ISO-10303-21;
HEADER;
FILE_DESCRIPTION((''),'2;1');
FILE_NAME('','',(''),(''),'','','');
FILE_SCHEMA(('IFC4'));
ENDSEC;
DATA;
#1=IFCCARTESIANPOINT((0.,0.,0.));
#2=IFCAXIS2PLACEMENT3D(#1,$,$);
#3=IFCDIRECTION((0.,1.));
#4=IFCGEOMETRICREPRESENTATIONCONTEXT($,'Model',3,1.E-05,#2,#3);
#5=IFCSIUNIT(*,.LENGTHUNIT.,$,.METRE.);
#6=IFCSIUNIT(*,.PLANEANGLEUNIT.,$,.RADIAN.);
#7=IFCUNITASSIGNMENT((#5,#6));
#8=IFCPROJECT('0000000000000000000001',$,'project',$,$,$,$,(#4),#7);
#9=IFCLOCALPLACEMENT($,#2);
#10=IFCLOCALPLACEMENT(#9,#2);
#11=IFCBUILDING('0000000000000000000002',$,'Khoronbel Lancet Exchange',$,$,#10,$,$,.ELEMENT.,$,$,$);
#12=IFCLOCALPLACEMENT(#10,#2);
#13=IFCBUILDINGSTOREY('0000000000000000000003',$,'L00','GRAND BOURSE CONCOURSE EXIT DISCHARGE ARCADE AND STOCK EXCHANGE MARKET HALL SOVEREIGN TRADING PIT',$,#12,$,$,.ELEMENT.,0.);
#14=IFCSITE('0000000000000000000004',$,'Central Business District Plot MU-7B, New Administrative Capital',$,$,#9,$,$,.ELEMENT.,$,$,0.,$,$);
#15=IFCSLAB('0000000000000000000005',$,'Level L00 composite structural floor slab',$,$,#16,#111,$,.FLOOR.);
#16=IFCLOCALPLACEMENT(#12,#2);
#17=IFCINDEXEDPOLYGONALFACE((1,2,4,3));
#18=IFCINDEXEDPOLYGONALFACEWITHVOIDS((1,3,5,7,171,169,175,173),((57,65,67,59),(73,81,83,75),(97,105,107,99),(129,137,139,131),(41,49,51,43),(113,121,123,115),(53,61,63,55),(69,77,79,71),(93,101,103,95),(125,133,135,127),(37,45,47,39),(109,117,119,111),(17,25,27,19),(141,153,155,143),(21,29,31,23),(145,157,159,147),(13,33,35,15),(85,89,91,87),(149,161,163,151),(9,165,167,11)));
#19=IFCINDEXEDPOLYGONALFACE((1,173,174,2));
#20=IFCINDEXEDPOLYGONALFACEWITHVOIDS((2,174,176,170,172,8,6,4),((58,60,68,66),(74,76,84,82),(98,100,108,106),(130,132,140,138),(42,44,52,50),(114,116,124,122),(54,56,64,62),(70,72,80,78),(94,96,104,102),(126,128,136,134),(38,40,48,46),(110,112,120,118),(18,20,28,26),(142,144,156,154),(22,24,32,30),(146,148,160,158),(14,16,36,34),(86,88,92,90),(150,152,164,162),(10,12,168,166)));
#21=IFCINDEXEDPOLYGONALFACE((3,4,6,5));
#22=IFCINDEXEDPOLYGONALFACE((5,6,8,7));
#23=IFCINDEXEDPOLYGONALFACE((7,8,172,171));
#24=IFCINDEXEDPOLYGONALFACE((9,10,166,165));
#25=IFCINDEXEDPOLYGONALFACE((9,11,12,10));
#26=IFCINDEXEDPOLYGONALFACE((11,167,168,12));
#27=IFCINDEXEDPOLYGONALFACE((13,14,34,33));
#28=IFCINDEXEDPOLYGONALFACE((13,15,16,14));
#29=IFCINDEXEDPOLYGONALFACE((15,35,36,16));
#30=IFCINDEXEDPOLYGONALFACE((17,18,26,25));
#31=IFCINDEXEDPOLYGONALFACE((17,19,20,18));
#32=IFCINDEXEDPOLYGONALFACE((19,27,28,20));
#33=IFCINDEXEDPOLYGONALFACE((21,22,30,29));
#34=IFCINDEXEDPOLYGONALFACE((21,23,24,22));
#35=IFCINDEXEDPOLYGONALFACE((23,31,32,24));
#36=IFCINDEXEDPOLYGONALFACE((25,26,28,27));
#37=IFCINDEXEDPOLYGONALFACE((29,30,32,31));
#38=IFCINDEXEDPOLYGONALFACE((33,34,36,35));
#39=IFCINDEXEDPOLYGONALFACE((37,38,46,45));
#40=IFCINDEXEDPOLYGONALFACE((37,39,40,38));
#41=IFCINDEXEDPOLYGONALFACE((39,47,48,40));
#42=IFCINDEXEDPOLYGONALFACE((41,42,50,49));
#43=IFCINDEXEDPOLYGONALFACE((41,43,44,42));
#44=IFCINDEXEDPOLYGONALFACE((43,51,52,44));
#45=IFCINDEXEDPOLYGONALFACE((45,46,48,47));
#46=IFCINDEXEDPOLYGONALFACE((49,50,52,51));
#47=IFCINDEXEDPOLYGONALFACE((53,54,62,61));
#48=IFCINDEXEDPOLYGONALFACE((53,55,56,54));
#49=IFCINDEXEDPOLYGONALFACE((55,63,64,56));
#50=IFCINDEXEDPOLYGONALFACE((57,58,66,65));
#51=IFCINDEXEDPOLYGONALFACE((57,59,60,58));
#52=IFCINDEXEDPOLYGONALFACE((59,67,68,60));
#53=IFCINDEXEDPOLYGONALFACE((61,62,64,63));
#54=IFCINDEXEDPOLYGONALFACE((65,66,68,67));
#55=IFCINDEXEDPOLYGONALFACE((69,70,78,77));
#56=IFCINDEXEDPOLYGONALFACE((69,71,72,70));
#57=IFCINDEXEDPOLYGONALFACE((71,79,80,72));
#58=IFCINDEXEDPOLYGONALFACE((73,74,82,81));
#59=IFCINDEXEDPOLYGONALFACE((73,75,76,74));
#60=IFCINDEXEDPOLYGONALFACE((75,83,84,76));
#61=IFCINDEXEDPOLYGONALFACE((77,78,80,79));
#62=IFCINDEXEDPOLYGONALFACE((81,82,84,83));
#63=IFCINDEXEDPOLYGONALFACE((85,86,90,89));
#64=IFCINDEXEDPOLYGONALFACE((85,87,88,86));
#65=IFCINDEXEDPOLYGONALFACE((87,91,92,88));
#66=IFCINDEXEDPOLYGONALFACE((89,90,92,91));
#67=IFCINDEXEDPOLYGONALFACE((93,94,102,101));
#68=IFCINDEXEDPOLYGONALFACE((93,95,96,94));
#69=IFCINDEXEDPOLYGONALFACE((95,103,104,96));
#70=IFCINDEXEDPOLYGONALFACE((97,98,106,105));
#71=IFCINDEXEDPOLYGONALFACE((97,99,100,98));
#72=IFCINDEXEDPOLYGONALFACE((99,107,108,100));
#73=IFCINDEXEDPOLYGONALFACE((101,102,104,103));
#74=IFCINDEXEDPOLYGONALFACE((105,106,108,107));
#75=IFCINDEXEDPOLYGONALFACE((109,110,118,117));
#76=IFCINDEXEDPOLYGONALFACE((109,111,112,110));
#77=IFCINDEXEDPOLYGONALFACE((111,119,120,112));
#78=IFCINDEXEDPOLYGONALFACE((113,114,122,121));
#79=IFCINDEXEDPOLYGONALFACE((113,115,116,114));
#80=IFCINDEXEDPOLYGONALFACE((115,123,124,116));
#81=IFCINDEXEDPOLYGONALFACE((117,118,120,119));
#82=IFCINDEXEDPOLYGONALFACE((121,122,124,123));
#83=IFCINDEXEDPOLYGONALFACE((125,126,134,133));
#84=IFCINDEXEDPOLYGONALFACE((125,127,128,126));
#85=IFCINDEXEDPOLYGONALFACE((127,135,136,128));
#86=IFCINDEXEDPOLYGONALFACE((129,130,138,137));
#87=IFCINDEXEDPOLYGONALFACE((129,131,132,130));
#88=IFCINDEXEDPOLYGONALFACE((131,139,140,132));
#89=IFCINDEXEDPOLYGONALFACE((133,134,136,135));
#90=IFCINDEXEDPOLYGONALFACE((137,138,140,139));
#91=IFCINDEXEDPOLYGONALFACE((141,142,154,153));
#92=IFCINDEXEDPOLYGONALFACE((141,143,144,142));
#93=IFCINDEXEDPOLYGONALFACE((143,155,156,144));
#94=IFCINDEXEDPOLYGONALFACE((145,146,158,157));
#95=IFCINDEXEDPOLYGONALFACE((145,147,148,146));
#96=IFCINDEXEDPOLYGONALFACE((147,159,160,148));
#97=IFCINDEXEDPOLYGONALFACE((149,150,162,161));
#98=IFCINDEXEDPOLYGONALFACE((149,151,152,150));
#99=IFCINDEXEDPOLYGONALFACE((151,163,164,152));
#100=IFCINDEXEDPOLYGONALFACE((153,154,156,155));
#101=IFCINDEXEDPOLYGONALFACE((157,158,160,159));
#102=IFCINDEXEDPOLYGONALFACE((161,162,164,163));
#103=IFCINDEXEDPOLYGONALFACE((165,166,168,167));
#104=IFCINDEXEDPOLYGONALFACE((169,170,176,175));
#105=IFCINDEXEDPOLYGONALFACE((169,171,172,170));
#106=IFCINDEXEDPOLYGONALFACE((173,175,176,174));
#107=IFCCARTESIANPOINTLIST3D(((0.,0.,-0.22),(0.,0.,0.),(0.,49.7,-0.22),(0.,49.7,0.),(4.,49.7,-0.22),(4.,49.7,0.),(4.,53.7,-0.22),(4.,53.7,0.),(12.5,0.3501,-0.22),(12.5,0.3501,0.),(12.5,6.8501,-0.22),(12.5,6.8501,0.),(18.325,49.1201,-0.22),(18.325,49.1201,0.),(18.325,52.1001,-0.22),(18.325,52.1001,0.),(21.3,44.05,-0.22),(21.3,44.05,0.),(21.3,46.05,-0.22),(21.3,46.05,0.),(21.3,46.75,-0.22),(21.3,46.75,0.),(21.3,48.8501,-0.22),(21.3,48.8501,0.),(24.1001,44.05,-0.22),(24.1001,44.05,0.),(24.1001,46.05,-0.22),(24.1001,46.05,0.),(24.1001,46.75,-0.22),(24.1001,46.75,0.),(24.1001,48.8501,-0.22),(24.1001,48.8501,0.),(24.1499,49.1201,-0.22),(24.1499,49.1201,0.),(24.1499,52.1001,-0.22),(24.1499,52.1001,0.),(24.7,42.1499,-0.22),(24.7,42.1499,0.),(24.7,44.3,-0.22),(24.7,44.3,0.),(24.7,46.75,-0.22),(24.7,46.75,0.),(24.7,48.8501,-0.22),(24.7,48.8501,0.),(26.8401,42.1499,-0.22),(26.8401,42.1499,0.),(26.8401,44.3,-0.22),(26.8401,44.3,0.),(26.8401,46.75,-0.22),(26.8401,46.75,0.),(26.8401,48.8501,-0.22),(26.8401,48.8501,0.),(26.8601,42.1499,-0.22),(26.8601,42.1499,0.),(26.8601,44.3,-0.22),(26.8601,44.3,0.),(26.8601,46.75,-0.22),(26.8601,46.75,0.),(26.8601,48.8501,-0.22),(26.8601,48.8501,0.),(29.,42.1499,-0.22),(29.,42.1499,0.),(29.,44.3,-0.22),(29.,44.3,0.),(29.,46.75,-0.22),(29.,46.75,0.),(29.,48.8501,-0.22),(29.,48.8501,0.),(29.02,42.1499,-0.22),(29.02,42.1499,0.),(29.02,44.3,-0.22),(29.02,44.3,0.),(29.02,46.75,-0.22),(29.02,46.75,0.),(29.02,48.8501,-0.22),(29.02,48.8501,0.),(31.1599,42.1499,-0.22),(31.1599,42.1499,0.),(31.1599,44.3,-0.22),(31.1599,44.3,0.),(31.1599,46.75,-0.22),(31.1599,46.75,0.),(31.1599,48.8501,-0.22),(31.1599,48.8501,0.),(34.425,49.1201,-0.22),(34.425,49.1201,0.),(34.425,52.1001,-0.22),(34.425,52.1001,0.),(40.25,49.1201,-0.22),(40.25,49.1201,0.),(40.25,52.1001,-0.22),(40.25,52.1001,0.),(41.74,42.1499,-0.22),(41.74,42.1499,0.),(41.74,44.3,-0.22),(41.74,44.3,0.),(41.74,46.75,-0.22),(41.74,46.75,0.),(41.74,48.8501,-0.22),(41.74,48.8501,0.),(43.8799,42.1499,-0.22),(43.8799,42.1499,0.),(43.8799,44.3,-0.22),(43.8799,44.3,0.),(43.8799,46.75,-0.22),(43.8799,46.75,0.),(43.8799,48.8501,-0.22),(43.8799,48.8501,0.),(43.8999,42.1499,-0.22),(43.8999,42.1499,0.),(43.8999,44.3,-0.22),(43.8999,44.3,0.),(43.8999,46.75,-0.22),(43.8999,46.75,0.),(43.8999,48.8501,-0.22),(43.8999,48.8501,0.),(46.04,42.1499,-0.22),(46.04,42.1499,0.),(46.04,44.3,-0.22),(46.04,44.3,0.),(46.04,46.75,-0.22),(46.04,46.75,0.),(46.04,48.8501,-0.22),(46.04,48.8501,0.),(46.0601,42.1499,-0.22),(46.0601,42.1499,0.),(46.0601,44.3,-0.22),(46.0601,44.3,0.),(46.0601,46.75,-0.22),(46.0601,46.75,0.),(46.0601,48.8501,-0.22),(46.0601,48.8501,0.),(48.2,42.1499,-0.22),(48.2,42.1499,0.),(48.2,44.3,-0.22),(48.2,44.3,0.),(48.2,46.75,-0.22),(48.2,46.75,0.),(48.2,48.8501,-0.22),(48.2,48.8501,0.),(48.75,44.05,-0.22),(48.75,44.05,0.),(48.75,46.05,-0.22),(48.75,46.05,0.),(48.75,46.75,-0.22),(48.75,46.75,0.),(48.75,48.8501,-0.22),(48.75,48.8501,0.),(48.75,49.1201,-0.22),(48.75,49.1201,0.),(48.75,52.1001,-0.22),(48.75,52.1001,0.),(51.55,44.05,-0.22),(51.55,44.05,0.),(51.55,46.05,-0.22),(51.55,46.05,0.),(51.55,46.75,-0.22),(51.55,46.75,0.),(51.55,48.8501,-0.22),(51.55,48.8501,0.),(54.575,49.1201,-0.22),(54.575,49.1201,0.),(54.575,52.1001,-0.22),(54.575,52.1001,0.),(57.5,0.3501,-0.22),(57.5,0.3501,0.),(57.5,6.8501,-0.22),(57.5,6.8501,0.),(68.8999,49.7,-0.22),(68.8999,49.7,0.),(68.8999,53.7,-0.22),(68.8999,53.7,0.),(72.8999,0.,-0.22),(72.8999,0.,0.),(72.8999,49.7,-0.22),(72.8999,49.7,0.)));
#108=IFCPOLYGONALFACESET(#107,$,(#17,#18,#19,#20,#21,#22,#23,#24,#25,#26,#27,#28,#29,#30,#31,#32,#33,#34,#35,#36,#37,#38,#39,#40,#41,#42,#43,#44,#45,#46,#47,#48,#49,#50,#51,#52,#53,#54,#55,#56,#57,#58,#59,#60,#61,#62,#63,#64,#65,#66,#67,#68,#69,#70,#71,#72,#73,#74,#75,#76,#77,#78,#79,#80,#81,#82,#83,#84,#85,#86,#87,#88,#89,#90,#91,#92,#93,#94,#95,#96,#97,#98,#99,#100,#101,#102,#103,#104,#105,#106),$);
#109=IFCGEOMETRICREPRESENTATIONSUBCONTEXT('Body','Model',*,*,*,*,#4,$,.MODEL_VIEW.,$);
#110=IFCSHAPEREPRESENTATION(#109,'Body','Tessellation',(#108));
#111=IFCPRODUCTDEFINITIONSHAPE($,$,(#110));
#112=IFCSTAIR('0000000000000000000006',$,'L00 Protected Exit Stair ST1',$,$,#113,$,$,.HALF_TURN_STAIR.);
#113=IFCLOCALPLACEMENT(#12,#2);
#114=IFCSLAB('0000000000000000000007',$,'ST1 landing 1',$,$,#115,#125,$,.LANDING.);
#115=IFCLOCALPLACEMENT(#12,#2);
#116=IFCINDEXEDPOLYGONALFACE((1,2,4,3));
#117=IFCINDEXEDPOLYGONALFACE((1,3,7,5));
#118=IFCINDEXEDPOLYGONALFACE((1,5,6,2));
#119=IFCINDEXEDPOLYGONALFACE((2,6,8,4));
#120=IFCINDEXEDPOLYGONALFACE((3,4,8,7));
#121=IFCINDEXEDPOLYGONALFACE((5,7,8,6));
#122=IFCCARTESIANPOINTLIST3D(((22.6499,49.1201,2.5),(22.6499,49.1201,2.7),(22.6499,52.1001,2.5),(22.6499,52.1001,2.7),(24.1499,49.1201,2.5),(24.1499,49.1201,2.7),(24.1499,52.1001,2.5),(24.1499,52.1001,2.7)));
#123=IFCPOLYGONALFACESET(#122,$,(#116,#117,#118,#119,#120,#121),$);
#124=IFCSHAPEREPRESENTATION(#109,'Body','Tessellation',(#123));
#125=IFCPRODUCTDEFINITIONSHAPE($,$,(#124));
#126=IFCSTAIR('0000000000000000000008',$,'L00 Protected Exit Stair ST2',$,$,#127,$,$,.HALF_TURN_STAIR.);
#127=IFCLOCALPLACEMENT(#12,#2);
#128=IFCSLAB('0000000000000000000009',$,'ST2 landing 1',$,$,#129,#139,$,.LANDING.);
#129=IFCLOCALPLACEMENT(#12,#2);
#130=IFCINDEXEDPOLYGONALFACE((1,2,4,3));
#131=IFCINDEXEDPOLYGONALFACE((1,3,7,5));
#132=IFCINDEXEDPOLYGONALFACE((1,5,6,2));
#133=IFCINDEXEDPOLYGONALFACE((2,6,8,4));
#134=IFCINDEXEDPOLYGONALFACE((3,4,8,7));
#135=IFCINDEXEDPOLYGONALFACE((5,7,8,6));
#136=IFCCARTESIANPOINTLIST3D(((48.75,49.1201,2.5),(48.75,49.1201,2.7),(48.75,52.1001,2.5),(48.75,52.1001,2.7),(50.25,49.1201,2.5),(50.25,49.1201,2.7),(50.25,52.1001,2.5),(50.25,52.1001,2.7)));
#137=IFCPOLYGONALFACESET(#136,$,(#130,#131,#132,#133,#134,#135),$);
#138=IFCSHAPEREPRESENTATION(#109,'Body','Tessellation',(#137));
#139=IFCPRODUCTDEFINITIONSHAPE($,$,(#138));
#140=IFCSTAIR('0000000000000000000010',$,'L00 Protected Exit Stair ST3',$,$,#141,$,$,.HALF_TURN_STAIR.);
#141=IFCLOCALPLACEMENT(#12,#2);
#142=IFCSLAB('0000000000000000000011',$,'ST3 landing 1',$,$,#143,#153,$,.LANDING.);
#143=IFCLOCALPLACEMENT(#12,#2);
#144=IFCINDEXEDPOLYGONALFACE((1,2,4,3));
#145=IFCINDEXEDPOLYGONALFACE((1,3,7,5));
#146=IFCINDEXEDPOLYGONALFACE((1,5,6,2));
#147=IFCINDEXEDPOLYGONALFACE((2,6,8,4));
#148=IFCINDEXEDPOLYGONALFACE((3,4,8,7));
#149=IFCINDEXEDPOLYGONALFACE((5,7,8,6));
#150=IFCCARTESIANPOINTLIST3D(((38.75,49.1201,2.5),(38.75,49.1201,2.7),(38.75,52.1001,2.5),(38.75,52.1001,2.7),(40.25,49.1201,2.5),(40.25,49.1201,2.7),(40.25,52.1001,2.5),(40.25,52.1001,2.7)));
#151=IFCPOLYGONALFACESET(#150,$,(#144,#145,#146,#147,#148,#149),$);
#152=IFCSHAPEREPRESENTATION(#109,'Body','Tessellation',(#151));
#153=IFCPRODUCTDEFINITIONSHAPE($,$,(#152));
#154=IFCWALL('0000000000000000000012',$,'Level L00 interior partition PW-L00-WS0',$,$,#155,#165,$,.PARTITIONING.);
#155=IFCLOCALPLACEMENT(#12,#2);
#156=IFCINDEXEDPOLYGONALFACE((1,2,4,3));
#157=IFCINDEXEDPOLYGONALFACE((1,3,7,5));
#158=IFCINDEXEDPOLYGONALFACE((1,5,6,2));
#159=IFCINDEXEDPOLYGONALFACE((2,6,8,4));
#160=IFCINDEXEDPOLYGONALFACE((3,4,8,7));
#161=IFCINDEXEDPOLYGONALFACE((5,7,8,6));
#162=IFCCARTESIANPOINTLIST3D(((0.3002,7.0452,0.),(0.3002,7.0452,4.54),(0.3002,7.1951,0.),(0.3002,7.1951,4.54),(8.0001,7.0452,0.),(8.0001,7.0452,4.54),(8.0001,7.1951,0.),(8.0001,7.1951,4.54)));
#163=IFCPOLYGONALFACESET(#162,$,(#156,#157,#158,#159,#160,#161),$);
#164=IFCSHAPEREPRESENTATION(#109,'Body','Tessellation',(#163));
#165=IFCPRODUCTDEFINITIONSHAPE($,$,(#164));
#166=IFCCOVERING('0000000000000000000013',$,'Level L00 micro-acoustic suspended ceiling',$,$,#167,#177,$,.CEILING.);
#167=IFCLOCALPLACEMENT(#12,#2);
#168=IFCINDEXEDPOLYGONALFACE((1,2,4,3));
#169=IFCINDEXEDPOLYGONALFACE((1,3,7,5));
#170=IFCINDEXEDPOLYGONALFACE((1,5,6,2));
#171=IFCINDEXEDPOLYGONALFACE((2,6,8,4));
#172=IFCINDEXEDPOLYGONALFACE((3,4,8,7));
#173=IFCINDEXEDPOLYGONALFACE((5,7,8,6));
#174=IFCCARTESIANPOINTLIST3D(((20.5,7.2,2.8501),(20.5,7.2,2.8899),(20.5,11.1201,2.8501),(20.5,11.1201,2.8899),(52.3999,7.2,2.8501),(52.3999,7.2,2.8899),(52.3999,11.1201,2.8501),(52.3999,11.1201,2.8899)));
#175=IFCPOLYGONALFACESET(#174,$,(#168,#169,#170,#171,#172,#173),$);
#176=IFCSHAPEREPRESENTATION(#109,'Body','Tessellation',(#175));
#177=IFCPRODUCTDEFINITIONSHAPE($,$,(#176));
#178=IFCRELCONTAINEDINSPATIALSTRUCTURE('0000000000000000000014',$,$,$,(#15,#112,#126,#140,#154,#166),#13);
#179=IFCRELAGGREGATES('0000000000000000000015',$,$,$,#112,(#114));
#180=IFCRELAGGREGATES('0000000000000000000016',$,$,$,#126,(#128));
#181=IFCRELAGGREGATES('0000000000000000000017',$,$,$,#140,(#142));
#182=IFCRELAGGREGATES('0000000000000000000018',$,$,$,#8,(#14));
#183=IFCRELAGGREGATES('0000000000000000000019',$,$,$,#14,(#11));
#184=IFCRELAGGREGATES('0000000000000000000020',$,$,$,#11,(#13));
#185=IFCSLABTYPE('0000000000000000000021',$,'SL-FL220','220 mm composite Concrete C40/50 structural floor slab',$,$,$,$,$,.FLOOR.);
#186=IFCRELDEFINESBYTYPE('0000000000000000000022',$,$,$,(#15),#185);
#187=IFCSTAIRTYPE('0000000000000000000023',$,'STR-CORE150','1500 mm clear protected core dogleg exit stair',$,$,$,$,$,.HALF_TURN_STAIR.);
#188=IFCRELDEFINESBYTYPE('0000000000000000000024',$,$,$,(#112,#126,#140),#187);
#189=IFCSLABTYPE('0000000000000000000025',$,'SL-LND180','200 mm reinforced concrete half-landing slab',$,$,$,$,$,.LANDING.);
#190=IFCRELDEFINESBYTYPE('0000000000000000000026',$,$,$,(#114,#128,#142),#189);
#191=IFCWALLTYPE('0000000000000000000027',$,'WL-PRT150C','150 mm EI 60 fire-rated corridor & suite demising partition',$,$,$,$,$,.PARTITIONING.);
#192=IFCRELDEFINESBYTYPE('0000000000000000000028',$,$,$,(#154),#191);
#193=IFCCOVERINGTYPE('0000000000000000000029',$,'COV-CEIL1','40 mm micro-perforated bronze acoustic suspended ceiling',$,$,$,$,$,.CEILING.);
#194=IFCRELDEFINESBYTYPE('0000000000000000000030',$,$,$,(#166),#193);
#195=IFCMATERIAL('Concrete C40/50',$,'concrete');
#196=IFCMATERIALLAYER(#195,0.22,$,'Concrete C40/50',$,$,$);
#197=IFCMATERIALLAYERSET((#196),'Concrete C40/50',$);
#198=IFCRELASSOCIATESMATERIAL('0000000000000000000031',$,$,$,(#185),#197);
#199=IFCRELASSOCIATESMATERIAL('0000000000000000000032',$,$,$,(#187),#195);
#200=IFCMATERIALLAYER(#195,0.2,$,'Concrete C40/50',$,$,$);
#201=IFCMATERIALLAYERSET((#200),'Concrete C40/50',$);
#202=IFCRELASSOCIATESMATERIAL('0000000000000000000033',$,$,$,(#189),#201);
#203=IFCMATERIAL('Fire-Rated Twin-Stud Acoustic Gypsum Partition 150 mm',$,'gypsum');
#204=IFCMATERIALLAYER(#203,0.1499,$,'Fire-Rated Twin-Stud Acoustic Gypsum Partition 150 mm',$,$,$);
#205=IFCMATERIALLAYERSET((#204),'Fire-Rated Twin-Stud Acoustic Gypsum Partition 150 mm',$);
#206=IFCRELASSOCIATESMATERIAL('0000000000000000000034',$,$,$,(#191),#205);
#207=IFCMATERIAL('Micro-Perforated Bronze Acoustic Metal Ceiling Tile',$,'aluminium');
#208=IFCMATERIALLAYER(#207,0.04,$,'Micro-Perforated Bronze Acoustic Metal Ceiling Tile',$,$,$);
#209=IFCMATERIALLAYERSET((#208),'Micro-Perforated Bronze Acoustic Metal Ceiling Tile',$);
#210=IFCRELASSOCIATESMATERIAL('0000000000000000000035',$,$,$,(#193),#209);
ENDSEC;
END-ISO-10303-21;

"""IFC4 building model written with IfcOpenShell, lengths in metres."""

from ifc_helpers import new_model, si_unit, direction, frame, frame_2d, origin, place, context, subcontext, project, spatial, polyline, rectangle, outline, extrude, material, layer, layer_set, type_object, element, aggregate, save


model = new_model("IFC4")

# Units and contexts
model_context = context("Model", 3, precision=1e-05, world=origin(), true_north=direction((0.0, 1.0)))
body_context = subcontext(model_context, "Body", "Model", "MODEL_VIEW")
ifc_project = project(units=[si_unit("LENGTHUNIT", "METRE"), si_unit("PLANEANGLEUNIT", "RADIAN")], contexts=[model_context])

# Site, building, storey
site_placement = place(None, origin())
site = spatial("IfcSite", under=ifc_project, at=site_placement, Name="Central Business District Plot MU-7B, New Administrative Capital", CompositionType="ELEMENT", RefElevation=0.0)
building_placement = place(site_placement, origin())
building = spatial("IfcBuilding", under=site, at=building_placement, Name="Khoronbel Lancet Exchange", CompositionType="ELEMENT")
storey_placement = place(building_placement, origin())
storey = spatial("IfcBuildingStorey", under=building, at=storey_placement, Name="L00", Description="GRAND BOURSE CONCOURSE EXIT DISCHARGE ARCADE AND STOCK EXCHANGE MARKET HALL SOVEREIGN TRADING PIT", CompositionType="ELEMENT", Elevation=0.0)

# Slab
ifc_material_1 = material(Name="Concrete C40/50", Category="concrete")
ifc_layer_1 = layer(ifc_material_1, 0.22, Name="Concrete C40/50")
ifc_layer_set_1 = layer_set([ifc_layer_1], Name="Concrete C40/50")
slab_type_1 = type_object("IfcSlabType", Name="SL-FL220", Description="220 mm composite Concrete C40/50 structural floor slab", PredefinedType="FLOOR", material=ifc_layer_set_1)
slab_1_placement = place(storey_placement, frame((0.0, 0.0, -0.22)))
element("IfcSlab", 1, at=slab_1_placement, inside=storey, type_object=slab_type_1, Name="Level L00 composite structural floor slab", PredefinedType="FLOOR", context=body_context, shape_type="SweptSolid", body=[
    extrude(outline(polyline([(0.0, 0.0), (72.8999, 0.0), (72.8999, 49.7), (68.8999, 49.7), (68.8999, 53.7), (4.0, 53.7), (4.0, 49.7), (0.0, 49.7), (0.0, 0.0)]), holes=[polyline([(18.325, 49.1201), (24.1499, 49.1201), (24.1499, 52.1001), (18.325, 52.1001), (18.325, 49.1201)]), polyline([(48.75, 49.1201), (54.575, 49.1201), (54.575, 52.1001), (48.75, 52.1001), (48.75, 49.1201)]), polyline([(34.425, 49.1201), (40.25, 49.1201), (40.25, 52.1001), (34.425, 52.1001), (34.425, 49.1201)]), polyline([(24.7, 46.75), (26.8401, 46.75), (26.8401, 48.8501), (24.7, 48.8501), (24.7, 46.75)]), polyline([(26.8601, 46.75), (29.0, 46.75), (29.0, 48.8501), (26.8601, 48.8501), (26.8601, 46.75)]), polyline([(29.02, 46.75), (31.1599, 46.75), (31.1599, 48.8501), (29.02, 48.8501), (29.02, 46.75)]), polyline([(24.7, 42.1499), (26.8401, 42.1499), (26.8401, 44.3), (24.7, 44.3), (24.7, 42.1499)]), polyline([(26.8601, 42.1499), (29.0, 42.1499), (29.0, 44.3), (26.8601, 44.3), (26.8601, 42.1499)]), polyline([(29.02, 42.1499), (31.1599, 42.1499), (31.1599, 44.3), (29.02, 44.3), (29.02, 42.1499)]), polyline([(41.74, 46.75), (43.8799, 46.75), (43.8799, 48.8501), (41.74, 48.8501), (41.74, 46.75)]), polyline([(43.8999, 46.75), (46.04, 46.75), (46.04, 48.8501), (43.8999, 48.8501), (43.8999, 46.75)]), polyline([(46.0601, 46.75), (48.2, 46.75), (48.2, 48.8501), (46.0601, 48.8501), (46.0601, 46.75)]), polyline([(41.74, 42.1499), (43.8799, 42.1499), (43.8799, 44.3), (41.74, 44.3), (41.74, 42.1499)]), polyline([(43.8999, 42.1499), (46.04, 42.1499), (46.04, 44.3), (43.8999, 44.3), (43.8999, 42.1499)]), polyline([(46.0601, 42.1499), (48.2, 42.1499), (48.2, 44.3), (46.0601, 44.3), (46.0601, 42.1499)]), polyline([(21.3, 46.75), (24.1001, 46.75), (24.1001, 48.8501), (21.3, 48.8501), (21.3, 46.75)]), polyline([(48.75, 46.75), (51.55, 46.75), (51.55, 48.8501), (48.75, 48.8501), (48.75, 46.75)]), polyline([(21.3, 44.05), (24.1001, 44.05), (24.1001, 46.05), (21.3, 46.05), (21.3, 44.05)]), polyline([(48.75, 44.05), (51.55, 44.05), (51.55, 46.05), (48.75, 46.05), (48.75, 44.05)]), polyline([(12.5, 0.3501), (57.5, 0.3501), (57.5, 6.8501), (12.5, 6.8501), (12.5, 0.3501)])]), origin(), (0.0, 0.0, 1.0), 0.22),
])

# Stairs, slabs
stair_type = type_object("IfcStairType", Name="STR-CORE150", Description="1500 mm clear protected core dogleg exit stair", PredefinedType="HALF_TURN_STAIR", material=ifc_material_1)
stair_1_placement = place(storey_placement, origin())
stair_1 = element("IfcStair", 2, at=stair_1_placement, inside=storey, type_object=stair_type, Name="L00 Protected Exit Stair ST1", PredefinedType="HALF_TURN_STAIR")
ifc_layer_2 = layer(ifc_material_1, 0.2, Name="Concrete C40/50")
ifc_layer_set_2 = layer_set([ifc_layer_2], Name="Concrete C40/50")
slab_type_2 = type_object("IfcSlabType", Name="SL-LND180", Description="200 mm reinforced concrete half-landing slab", PredefinedType="LANDING", material=ifc_layer_set_2)
slab_2_placement = place(storey_placement, frame((0.0, 0.0, 2.5)))
slab_2 = element("IfcSlab", 3, at=slab_2_placement, type_object=slab_type_2, Name="ST1 landing 1", PredefinedType="LANDING", context=body_context, shape_type="SweptSolid", body=[
    extrude(outline(polyline([(22.6499, 49.1201), (24.1499, 49.1201), (24.1499, 52.1001), (22.6499, 52.1001), (22.6499, 49.1201)])), origin(), (0.0, 0.0, 1.0), 0.2),
])
aggregate(stair_1, [slab_2])
stair_2_placement = place(storey_placement, origin())
stair_2 = element("IfcStair", 4, at=stair_2_placement, inside=storey, type_object=stair_type, Name="L00 Protected Exit Stair ST2", PredefinedType="HALF_TURN_STAIR")
slab_3_placement = place(storey_placement, frame((0.0, 0.0, 2.5)))
slab_3 = element("IfcSlab", 5, at=slab_3_placement, type_object=slab_type_2, Name="ST2 landing 1", PredefinedType="LANDING", context=body_context, shape_type="SweptSolid", body=[
    extrude(outline(polyline([(50.25, 52.1001), (48.75, 52.1001), (48.75, 49.1201), (50.25, 49.1201), (50.25, 52.1001)])), origin(), (0.0, 0.0, 1.0), 0.2),
])
aggregate(stair_2, [slab_3])
stair_3_placement = place(storey_placement, origin())
stair_3 = element("IfcStair", 6, at=stair_3_placement, inside=storey, type_object=stair_type, Name="L00 Protected Exit Stair ST3", PredefinedType="HALF_TURN_STAIR")
slab_4_placement = place(storey_placement, frame((0.0, 0.0, 2.5)))
slab_4 = element("IfcSlab", 7, at=slab_4_placement, type_object=slab_type_2, Name="ST3 landing 1", PredefinedType="LANDING", context=body_context, shape_type="SweptSolid", body=[
    extrude(outline(polyline([(38.75, 49.1201), (40.25, 49.1201), (40.25, 52.1001), (38.75, 52.1001), (38.75, 49.1201)])), origin(), (0.0, 0.0, 1.0), 0.2),
])
aggregate(stair_3, [slab_4])

# Wall
ifc_material_2 = material(Name="Fire-Rated Twin-Stud Acoustic Gypsum Partition 150 mm", Category="gypsum")
ifc_layer_3 = layer(ifc_material_2, 0.1499, Name="Fire-Rated Twin-Stud Acoustic Gypsum Partition 150 mm")
ifc_layer_set_3 = layer_set([ifc_layer_3], Name="Fire-Rated Twin-Stud Acoustic Gypsum Partition 150 mm")
wall_type = type_object("IfcWallType", Name="WL-PRT150C", Description="150 mm EI 60 fire-rated corridor & suite demising partition", PredefinedType="PARTITIONING", material=ifc_layer_set_3)
wall_placement = place(storey_placement, frame((0.3, 7.1201, 0.0), z_axis=(0.0, 0.0, 1.0), x_axis=(1.0, 0.0, 0.0)))
element("IfcWall", 8, at=wall_placement, inside=storey, type_object=wall_type, Name="Level L00 interior partition PW-L00-WS0", PredefinedType="PARTITIONING", context=body_context, shape_type="SweptSolid", body=[
    extrude(rectangle(XDim=7.7, YDim=0.1499, at=frame_2d((3.8501, 0.0))), origin(), (0.0, 0.0, 1.0), 4.54),
])

# Covering
ifc_material_3 = material(Name="Micro-Perforated Bronze Acoustic Metal Ceiling Tile", Category="aluminium")
ifc_layer_4 = layer(ifc_material_3, 0.04, Name="Micro-Perforated Bronze Acoustic Metal Ceiling Tile")
ifc_layer_set_4 = layer_set([ifc_layer_4], Name="Micro-Perforated Bronze Acoustic Metal Ceiling Tile")
covering_type_1 = type_object("IfcCoveringType", Name="COV-CEIL1", Description="40 mm micro-perforated bronze acoustic suspended ceiling", PredefinedType="CEILING", material=ifc_layer_set_4)
covering_1_placement = place(storey_placement, frame((0.0, 0.0, 2.8501)))
element("IfcCovering", 9, at=covering_1_placement, inside=storey, type_object=covering_type_1, Name="Level L00 micro-acoustic suspended ceiling", PredefinedType="CEILING", context=body_context, shape_type="SweptSolid", body=[
    extrude(outline(polyline([(20.5, 7.2), (52.3999, 7.2), (52.3999, 11.1201), (20.5, 11.1201), (20.5, 7.2)])), origin(), (0.0, 0.0, 1.0), 0.0398),
])

save(model, "model.ifc")
